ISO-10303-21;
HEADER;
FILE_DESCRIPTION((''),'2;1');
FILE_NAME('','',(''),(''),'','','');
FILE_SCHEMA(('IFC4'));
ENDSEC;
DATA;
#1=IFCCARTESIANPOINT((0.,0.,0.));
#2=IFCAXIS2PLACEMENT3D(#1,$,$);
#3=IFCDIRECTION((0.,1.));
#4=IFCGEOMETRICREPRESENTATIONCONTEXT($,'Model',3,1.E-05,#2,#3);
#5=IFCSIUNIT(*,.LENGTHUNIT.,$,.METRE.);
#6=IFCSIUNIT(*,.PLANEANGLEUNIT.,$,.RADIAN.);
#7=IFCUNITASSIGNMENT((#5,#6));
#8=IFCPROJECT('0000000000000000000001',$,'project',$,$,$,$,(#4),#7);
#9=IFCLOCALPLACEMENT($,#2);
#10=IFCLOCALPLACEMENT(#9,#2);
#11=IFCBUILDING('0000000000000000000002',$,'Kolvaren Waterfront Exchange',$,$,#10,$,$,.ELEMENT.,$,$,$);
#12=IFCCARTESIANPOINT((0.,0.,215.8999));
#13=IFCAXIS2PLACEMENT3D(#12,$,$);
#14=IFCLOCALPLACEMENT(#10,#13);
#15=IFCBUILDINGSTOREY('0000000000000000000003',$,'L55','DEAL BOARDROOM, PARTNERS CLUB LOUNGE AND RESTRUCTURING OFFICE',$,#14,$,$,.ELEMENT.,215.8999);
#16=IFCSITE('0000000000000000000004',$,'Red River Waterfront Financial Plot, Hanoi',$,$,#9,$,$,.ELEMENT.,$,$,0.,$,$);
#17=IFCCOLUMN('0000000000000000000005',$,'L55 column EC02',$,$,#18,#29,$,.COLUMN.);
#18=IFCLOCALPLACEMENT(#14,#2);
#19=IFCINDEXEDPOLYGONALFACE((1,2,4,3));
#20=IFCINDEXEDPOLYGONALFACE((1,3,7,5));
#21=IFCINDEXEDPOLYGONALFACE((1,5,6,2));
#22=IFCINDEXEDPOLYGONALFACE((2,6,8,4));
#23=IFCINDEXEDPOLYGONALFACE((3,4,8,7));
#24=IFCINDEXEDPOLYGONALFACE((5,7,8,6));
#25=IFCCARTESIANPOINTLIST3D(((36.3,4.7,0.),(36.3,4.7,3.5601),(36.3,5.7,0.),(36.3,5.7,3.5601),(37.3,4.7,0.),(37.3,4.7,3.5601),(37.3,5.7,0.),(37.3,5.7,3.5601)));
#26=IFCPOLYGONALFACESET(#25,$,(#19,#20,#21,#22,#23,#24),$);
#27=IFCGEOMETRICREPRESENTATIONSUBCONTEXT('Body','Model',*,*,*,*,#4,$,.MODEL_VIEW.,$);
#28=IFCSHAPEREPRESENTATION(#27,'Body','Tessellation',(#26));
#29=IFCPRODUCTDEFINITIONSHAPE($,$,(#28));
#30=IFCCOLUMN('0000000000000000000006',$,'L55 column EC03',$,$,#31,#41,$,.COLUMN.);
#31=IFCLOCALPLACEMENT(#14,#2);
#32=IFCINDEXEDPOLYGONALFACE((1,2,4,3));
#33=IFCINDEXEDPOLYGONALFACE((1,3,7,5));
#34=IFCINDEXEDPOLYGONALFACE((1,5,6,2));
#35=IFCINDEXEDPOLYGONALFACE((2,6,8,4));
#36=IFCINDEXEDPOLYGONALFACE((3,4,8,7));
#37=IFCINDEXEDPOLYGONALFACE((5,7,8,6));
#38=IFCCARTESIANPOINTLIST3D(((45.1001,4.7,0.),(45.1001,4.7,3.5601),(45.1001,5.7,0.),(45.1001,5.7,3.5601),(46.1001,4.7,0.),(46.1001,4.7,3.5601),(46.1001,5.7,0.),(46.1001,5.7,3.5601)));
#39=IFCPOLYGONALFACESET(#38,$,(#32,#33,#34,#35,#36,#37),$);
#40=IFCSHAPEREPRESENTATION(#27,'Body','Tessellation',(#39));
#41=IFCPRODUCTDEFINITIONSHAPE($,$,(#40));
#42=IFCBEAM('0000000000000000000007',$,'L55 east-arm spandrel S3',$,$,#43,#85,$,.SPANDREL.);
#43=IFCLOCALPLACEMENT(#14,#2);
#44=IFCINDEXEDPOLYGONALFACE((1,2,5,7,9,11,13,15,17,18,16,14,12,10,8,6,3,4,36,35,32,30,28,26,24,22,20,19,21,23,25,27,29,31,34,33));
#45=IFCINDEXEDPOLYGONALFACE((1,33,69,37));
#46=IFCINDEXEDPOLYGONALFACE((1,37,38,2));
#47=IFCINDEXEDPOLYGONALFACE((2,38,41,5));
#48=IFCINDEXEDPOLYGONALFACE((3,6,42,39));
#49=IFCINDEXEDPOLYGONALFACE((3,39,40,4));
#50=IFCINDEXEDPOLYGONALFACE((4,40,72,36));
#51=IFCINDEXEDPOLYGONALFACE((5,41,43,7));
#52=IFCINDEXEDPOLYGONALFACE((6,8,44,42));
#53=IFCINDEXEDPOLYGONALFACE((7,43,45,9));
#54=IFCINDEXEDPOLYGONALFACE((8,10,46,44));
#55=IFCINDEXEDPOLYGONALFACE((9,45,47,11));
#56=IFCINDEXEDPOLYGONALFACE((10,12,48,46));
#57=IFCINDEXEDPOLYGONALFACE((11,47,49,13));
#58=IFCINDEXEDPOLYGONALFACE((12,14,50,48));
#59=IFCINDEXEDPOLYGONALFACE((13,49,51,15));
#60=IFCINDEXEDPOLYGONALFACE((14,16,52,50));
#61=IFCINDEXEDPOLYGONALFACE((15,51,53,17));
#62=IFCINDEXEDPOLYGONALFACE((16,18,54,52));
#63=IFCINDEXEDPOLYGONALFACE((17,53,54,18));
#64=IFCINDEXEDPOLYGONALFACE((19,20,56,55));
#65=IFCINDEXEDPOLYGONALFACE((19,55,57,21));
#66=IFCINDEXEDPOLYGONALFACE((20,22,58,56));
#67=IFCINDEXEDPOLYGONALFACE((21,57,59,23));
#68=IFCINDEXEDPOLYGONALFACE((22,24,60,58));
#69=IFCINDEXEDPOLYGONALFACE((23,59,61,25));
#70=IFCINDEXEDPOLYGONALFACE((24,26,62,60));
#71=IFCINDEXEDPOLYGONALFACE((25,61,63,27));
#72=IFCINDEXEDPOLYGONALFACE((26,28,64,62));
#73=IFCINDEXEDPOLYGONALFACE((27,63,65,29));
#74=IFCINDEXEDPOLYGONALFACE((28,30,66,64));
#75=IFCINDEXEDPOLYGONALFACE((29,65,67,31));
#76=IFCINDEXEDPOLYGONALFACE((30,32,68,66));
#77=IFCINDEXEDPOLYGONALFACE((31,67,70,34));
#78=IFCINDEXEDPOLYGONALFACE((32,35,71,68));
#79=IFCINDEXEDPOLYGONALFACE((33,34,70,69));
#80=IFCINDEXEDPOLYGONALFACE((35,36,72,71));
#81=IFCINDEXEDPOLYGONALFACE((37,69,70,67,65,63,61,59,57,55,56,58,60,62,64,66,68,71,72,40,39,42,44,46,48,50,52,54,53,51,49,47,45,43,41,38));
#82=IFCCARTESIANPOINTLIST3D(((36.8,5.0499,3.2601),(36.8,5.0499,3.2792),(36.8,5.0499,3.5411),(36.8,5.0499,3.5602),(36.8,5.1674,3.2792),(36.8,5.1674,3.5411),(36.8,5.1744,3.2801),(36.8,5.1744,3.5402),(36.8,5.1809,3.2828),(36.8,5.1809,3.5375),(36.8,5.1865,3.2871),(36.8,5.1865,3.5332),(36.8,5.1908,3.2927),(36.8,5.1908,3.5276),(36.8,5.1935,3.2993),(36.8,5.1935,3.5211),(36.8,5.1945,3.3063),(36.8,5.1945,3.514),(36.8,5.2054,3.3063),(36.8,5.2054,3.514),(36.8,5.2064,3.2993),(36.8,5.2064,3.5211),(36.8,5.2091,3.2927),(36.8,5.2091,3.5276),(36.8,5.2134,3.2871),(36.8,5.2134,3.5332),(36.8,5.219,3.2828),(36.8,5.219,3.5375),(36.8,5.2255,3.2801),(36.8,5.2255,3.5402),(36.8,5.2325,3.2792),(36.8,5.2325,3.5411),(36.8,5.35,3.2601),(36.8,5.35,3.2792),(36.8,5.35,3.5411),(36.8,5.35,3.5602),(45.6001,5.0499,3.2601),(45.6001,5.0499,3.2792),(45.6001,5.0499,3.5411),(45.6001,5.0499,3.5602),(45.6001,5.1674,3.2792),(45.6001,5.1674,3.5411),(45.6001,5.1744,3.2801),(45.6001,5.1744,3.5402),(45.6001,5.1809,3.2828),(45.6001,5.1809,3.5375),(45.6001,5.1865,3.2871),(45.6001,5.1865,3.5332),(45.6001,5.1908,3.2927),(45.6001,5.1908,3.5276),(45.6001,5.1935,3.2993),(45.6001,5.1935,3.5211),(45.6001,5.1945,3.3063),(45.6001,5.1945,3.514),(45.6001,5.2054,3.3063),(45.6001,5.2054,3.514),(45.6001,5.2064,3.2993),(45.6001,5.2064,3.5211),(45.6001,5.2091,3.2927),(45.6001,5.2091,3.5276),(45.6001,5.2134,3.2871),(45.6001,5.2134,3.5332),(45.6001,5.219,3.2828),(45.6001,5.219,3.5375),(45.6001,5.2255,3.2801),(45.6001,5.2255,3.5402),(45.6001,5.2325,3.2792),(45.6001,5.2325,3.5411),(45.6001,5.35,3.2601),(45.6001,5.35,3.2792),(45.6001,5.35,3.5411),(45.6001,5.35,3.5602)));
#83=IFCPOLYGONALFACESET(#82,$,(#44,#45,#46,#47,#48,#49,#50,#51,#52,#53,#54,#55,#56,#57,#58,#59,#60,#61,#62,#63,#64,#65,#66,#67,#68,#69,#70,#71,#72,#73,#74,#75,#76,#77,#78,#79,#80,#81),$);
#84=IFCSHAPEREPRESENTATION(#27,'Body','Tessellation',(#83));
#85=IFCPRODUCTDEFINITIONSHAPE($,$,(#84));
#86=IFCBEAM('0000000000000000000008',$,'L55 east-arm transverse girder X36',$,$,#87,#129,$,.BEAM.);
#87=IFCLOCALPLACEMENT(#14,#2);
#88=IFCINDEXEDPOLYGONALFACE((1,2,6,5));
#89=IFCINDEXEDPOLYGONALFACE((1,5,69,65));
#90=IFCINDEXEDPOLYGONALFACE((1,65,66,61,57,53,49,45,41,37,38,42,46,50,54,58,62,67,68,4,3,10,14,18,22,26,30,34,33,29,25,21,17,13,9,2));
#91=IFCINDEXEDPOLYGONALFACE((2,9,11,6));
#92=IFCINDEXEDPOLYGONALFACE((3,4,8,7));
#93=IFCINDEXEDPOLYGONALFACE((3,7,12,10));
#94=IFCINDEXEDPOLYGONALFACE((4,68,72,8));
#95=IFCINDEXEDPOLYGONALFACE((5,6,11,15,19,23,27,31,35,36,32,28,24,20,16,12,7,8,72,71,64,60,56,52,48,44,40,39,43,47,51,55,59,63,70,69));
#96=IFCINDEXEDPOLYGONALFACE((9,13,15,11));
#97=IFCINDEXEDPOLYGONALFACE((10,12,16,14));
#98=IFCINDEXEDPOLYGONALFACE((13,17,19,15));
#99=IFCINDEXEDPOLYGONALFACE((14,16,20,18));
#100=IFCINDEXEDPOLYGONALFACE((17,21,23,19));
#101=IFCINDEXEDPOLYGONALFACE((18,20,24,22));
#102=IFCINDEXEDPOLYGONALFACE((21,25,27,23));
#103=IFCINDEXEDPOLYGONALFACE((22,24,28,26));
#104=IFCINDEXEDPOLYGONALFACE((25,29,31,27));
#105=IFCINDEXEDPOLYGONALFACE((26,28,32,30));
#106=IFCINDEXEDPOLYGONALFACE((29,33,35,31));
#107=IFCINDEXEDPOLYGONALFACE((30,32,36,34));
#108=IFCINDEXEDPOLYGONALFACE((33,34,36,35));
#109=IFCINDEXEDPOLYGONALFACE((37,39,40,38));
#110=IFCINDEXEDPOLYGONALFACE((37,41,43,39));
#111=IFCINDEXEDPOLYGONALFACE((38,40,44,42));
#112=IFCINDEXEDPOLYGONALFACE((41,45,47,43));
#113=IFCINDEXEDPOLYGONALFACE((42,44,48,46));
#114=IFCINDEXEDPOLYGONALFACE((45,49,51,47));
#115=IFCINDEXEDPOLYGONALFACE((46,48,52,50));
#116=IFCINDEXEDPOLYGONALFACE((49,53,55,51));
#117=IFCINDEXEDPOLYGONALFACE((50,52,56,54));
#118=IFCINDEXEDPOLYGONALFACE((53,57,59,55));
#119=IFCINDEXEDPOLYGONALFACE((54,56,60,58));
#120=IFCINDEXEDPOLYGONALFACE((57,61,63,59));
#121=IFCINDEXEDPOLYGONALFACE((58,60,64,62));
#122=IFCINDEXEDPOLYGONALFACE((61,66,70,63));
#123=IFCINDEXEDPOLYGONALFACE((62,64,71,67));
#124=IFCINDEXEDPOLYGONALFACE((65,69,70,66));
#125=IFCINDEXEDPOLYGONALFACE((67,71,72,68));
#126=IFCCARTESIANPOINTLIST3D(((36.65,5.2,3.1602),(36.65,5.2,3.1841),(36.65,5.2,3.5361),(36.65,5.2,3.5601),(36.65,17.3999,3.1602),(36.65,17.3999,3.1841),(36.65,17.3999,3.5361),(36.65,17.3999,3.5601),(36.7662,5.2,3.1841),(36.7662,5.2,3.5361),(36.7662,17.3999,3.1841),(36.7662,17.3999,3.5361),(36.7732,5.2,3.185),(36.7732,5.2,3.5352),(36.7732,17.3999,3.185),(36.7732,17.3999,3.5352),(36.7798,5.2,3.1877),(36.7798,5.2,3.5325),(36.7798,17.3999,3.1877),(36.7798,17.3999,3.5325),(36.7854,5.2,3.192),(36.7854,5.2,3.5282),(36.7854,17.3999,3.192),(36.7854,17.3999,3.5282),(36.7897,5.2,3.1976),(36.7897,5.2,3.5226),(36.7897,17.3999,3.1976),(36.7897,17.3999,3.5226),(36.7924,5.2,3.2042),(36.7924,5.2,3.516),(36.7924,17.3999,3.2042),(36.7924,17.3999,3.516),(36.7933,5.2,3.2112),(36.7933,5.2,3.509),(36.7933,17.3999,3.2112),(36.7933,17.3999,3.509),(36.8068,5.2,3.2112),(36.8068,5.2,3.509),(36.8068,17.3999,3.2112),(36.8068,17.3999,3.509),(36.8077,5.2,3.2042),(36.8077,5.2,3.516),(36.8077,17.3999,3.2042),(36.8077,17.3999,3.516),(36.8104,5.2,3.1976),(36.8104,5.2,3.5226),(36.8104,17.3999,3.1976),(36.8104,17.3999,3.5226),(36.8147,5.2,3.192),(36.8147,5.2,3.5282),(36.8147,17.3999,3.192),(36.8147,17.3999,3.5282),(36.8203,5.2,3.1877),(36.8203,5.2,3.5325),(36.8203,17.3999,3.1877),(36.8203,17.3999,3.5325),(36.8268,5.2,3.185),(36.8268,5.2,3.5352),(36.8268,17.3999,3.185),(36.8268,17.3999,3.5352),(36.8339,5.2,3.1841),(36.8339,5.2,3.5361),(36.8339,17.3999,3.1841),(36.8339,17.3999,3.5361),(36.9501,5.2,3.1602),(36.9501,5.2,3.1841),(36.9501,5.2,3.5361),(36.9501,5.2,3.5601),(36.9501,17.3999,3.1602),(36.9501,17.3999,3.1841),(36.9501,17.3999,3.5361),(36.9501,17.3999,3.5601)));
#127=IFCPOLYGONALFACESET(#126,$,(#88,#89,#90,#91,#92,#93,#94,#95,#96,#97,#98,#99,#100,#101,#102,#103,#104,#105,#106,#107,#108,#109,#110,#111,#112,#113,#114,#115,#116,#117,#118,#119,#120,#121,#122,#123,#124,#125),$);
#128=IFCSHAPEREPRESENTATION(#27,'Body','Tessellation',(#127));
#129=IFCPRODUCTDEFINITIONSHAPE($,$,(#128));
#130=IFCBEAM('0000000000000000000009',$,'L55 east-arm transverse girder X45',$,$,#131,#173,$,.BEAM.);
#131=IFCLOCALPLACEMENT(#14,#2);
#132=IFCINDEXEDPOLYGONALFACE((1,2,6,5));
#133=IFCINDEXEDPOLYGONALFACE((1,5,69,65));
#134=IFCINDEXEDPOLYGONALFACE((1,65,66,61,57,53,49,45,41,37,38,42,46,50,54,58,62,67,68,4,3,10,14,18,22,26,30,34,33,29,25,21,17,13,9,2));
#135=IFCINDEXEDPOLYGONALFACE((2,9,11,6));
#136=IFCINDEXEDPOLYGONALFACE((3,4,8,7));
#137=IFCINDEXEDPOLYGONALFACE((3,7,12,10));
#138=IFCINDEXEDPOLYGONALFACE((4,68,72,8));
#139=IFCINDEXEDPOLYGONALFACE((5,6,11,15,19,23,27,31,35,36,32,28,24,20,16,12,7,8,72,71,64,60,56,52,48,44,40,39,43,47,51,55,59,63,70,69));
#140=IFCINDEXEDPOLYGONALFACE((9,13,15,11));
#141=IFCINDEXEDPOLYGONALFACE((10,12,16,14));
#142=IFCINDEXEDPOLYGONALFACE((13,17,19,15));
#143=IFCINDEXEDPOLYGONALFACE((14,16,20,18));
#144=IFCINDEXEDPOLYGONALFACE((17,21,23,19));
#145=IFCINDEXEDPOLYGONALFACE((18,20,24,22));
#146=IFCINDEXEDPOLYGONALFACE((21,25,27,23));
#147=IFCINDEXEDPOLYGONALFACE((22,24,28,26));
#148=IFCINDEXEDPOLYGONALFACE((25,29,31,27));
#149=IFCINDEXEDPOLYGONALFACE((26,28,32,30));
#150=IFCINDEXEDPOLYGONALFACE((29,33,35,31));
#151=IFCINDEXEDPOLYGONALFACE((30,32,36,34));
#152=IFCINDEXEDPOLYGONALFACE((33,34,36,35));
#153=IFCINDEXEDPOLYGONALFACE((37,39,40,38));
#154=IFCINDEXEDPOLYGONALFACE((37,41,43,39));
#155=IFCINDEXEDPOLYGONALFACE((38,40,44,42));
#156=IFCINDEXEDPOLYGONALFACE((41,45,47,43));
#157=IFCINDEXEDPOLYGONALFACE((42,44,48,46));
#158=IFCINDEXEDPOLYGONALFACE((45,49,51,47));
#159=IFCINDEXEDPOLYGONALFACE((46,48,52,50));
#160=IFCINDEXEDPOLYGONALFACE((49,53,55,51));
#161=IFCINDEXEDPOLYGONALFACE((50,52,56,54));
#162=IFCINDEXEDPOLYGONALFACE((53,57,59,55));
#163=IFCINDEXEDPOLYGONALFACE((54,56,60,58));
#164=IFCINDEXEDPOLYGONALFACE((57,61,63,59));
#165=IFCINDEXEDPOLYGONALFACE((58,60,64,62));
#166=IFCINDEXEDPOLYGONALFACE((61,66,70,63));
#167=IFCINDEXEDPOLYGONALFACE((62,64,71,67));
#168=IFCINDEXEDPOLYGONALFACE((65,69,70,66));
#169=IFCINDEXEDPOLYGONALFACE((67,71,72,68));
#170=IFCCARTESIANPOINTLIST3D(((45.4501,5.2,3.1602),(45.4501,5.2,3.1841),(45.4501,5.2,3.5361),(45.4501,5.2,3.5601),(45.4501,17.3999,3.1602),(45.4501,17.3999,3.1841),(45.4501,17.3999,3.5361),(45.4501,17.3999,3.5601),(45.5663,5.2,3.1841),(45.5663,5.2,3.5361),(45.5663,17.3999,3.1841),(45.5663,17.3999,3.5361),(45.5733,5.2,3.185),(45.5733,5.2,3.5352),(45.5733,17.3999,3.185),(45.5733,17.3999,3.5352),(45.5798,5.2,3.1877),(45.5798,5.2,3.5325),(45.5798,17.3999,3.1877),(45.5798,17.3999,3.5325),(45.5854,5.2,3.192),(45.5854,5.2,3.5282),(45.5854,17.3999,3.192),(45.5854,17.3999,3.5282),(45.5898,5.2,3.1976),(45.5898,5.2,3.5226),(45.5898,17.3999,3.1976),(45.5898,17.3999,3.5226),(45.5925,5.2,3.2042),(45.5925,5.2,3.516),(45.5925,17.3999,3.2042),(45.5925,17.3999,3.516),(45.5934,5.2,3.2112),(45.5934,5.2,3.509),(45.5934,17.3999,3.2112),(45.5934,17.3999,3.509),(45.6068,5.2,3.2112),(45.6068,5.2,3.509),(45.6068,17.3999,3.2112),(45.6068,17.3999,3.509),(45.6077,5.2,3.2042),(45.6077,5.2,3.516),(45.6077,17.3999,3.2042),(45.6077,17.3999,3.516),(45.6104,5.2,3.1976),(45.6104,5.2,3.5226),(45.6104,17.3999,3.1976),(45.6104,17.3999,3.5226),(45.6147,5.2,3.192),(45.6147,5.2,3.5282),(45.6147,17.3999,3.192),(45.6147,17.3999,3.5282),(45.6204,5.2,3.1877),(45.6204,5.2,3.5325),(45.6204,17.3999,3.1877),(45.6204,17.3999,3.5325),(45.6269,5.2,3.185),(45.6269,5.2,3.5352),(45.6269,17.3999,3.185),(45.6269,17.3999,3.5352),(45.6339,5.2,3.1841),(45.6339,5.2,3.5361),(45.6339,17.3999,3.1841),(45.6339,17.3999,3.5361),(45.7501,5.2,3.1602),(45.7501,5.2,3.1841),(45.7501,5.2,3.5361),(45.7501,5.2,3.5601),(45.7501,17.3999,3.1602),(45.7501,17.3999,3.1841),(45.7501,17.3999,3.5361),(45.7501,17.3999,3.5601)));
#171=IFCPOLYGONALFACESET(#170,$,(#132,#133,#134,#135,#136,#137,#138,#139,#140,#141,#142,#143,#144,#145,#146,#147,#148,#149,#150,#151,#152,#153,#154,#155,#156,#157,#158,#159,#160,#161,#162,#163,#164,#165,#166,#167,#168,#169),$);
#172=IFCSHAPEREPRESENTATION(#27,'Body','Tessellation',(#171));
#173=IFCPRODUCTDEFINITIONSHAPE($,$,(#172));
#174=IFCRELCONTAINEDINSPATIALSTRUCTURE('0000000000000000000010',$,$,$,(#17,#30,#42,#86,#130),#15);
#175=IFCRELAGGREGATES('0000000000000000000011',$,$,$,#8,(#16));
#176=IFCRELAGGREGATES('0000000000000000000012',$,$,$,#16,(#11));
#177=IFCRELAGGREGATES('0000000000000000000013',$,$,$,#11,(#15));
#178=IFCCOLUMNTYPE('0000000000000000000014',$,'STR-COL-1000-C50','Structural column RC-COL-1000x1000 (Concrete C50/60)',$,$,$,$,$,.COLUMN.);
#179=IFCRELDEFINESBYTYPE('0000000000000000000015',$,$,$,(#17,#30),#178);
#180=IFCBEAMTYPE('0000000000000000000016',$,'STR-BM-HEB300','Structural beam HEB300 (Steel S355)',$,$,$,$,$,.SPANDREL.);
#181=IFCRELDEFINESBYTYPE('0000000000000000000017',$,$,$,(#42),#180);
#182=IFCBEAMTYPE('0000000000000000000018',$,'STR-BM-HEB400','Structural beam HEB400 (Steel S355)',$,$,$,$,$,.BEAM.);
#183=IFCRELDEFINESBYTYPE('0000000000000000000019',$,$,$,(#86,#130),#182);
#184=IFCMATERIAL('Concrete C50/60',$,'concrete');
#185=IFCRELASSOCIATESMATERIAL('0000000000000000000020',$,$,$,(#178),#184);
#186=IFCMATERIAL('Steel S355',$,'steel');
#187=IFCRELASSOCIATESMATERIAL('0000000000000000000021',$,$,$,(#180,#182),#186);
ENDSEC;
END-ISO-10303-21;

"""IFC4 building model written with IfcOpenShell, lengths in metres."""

from ifc_helpers import new_model, si_unit, direction, frame, origin, origin_2d, place, context, subcontext, project, spatial, rectangle, i_section, extrude, material, material_profile, profile_set, type_object, element, save


model = new_model("IFC4")

# Units and contexts
model_context = context("Model", 3, precision=1e-05, world=origin(), true_north=direction((0.0, 1.0)))
body_context = subcontext(model_context, "Body", "Model", "MODEL_VIEW")
ifc_project = project(units=[si_unit("LENGTHUNIT", "METRE"), si_unit("PLANEANGLEUNIT", "RADIAN")], contexts=[model_context])

# Site, building, storey
site_placement = place(None, origin())
site = spatial("IfcSite", under=ifc_project, at=site_placement, Name="Red River Waterfront Financial Plot, Hanoi", CompositionType="ELEMENT", RefElevation=0.0)
building_placement = place(site_placement, origin())
building = spatial("IfcBuilding", under=site, at=building_placement, Name="Kolvaren Waterfront Exchange", CompositionType="ELEMENT")
storey_placement = place(building_placement, frame((0.0, 0.0, 215.8999)))
storey = spatial("IfcBuildingStorey", under=building, at=storey_placement, Name="L55", Description="DEAL BOARDROOM, PARTNERS CLUB LOUNGE AND RESTRUCTURING OFFICE", CompositionType="ELEMENT", Elevation=215.8999)

# Columns
ifc_material_1 = material(Name="Concrete C50/60", Category="concrete")
ifc_material_profile_1 = material_profile(ifc_material_1, rectangle(XDim=1.0, YDim=1.0, at=origin_2d()), Name="RC-COL-1000x1000")
ifc_profile_set_1 = profile_set([ifc_material_profile_1], Name="Concrete C50/60")
column_type = type_object("IfcColumnType", Name="STR-COL-1000-C50", Description="Structural column RC-COL-1000x1000 (Concrete C50/60)", PredefinedType="COLUMN", material=ifc_profile_set_1)
for number, where, z_axis, x_axis, name in (
    (1, (36.8, 5.2, 0.0), (0.0, 0.0, 1.0), (1.0, 0.0, 0.0), "L55 column EC02"),
    (2, (45.6001, 5.2, 0.0), (0.0, 0.0, 1.0), (1.0, 0.0, 0.0), "L55 column EC03"),
):
    element("IfcColumn", number, at=place(storey_placement, frame(where, z_axis=z_axis, x_axis=x_axis)), inside=storey, type_object=column_type, Name=name, PredefinedType="COLUMN", context=body_context, shape_type="SweptSolid", body=[
        extrude(rectangle(XDim=1.0, YDim=1.0, at=origin_2d()), origin(), (0.0, 0.0, 1.0), 3.5601),
    ])

# Beams
ifc_material_2 = material(Name="Steel S355", Category="steel")
ifc_material_profile_2 = material_profile(ifc_material_2, i_section(OverallWidth=0.3, OverallDepth=0.3, WebThickness=0.011, FlangeThickness=0.019, FilletRadius=0.0271, at=origin_2d()), Name="HEB300")
ifc_profile_set_2 = profile_set([ifc_material_profile_2], Name="Steel S355")
beam_type_1 = type_object("IfcBeamType", Name="STR-BM-HEB300", Description="Structural beam HEB300 (Steel S355)", PredefinedType="SPANDREL", material=ifc_profile_set_2)
beam_1_placement = place(storey_placement, frame((36.8, 5.2, 3.4102), z_axis=(1.0, 0.0, 0.0), x_axis=(0.0, 1.0, 0.0)))
element("IfcBeam", 3, at=beam_1_placement, inside=storey, type_object=beam_type_1, Name="L55 east-arm spandrel S3", PredefinedType="SPANDREL", context=body_context, shape_type="SweptSolid", body=[
    extrude(i_section(OverallWidth=0.3, OverallDepth=0.3, WebThickness=0.011, FlangeThickness=0.019, FilletRadius=0.0271, at=origin_2d()), origin(), (0.0, 0.0, 1.0), 8.8),
])
ifc_material_profile_3 = material_profile(ifc_material_2, i_section(OverallWidth=0.3, OverallDepth=0.3999, WebThickness=0.0134, FlangeThickness=0.0239, FilletRadius=0.0271, at=origin_2d()), Name="HEB400")
ifc_profile_set_3 = profile_set([ifc_material_profile_3], Name="Steel S355")
beam_type_2 = type_object("IfcBeamType", Name="STR-BM-HEB400", Description="Structural beam HEB400 (Steel S355)", PredefinedType="BEAM", material=ifc_profile_set_3)
for number, where, z_axis, x_axis, name in (
    (4, (36.8, 5.2, 3.3601), (0.0, 1.0, 0.0), (-1.0, 0.0, 0.0), "L55 east-arm transverse girder X36"),
    (5, (45.6001, 5.2, 3.3601), (0.0, 1.0, 0.0), (-1.0, 0.0, 0.0), "L55 east-arm transverse girder X45"),
):
    element("IfcBeam", number, at=place(storey_placement, frame(where, z_axis=z_axis, x_axis=x_axis)), inside=storey, type_object=beam_type_2, Name=name, PredefinedType="BEAM", context=body_context, shape_type="SweptSolid", body=[
        extrude(i_section(OverallWidth=0.3, OverallDepth=0.3999, WebThickness=0.0134, FlangeThickness=0.0239, FilletRadius=0.0271, at=origin_2d()), origin(), (0.0, 0.0, 1.0), 12.2),
    ])

save(model, "model.ifc")
